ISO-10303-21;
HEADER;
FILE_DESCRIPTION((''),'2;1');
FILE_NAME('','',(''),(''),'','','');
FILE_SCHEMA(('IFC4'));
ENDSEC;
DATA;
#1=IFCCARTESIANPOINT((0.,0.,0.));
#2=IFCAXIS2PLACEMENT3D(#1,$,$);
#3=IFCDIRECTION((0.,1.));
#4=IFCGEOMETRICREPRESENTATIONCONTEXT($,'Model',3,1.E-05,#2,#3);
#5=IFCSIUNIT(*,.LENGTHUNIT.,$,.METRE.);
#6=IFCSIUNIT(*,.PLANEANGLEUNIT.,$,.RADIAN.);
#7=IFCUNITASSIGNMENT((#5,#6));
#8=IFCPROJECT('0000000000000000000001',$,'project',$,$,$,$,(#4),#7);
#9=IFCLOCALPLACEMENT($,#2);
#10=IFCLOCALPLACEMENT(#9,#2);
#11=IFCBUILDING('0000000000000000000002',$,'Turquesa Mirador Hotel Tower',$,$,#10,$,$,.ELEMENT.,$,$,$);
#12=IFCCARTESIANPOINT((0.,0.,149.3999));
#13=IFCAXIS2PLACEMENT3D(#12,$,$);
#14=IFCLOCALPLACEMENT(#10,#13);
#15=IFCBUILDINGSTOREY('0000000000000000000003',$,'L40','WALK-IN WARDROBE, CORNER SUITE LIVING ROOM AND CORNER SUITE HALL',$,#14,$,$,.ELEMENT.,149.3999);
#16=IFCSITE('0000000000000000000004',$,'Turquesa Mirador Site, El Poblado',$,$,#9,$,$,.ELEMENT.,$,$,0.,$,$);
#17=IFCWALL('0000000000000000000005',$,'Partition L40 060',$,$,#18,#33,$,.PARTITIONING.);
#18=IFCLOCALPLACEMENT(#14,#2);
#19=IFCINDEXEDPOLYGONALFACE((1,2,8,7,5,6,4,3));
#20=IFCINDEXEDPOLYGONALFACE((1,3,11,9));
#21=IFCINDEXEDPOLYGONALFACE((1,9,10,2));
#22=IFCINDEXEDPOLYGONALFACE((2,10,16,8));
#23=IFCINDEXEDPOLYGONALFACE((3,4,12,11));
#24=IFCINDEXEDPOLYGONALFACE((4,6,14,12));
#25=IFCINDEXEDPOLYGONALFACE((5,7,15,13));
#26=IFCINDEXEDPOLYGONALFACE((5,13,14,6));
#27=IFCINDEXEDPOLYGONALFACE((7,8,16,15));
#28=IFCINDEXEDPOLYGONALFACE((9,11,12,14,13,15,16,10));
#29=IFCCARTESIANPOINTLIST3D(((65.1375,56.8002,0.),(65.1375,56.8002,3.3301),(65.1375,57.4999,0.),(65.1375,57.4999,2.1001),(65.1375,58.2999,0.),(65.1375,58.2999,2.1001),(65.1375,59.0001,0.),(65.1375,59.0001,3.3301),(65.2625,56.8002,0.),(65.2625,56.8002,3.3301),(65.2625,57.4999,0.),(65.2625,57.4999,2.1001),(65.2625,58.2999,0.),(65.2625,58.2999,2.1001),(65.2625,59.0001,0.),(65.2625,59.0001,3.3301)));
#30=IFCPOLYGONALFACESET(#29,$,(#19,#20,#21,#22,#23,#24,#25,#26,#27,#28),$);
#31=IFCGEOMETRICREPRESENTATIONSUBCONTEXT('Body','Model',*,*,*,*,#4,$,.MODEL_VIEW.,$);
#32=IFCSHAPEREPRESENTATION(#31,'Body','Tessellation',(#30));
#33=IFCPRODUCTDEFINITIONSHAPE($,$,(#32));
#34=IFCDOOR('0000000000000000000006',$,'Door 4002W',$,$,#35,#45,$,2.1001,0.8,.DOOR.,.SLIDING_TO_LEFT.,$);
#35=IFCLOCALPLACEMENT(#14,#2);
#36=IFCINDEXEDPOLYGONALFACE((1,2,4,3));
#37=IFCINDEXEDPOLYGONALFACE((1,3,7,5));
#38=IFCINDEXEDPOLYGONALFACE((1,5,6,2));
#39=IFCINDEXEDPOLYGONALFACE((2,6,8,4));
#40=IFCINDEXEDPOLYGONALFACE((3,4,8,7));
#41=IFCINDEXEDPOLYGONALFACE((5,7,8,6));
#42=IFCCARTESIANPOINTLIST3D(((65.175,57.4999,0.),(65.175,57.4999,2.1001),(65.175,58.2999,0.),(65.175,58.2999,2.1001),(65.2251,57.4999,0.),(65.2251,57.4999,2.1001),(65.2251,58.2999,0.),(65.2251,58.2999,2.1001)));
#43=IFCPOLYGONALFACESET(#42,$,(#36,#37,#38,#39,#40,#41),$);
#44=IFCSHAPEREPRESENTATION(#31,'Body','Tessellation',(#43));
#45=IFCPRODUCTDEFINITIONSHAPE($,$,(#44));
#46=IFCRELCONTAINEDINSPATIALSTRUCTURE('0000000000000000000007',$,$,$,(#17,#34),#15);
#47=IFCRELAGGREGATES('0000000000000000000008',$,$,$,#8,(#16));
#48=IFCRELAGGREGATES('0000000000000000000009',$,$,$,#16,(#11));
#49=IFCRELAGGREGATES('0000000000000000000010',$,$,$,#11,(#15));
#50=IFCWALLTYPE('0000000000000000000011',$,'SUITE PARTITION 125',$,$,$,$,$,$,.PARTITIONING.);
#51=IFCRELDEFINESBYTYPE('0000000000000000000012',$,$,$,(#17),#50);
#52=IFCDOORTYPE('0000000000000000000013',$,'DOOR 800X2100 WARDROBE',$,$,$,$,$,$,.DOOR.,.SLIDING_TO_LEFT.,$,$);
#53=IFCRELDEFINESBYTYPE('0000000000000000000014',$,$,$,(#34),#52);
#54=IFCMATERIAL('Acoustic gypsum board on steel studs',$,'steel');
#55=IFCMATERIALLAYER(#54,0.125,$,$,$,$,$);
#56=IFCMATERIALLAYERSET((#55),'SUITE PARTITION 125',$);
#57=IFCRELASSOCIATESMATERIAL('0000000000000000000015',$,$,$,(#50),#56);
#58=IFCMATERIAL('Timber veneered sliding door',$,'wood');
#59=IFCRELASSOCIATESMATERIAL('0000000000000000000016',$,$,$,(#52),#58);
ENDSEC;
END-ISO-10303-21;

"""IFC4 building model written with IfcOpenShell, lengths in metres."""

from ifc_helpers import new_model, si_unit, direction, frame, frame_2d, origin, place, context, subcontext, project, spatial, rectangle, extrude, material, layer, layer_set, type_object, element, fill, save


model = new_model("IFC4")

# Units and contexts
model_context = context("Model", 3, precision=1e-05, world=origin(), true_north=direction((0.0, 1.0)))
body_context = subcontext(model_context, "Body", "Model", "MODEL_VIEW")
ifc_project = project(units=[si_unit("LENGTHUNIT", "METRE"), si_unit("PLANEANGLEUNIT", "RADIAN")], contexts=[model_context])

# Site, building, storey
site_placement = place(None, origin())
site = spatial("IfcSite", under=ifc_project, at=site_placement, Name="Turquesa Mirador Site, El Poblado", CompositionType="ELEMENT", RefElevation=0.0)
building_placement = place(site_placement, origin())
building = spatial("IfcBuilding", under=site, at=building_placement, Name="Turquesa Mirador Hotel Tower", CompositionType="ELEMENT")
storey_placement = place(building_placement, frame((0.0, 0.0, 149.3999)))
storey = spatial("IfcBuildingStorey", under=building, at=storey_placement, Name="L40", Description="WALK-IN WARDROBE, CORNER SUITE LIVING ROOM AND CORNER SUITE HALL", CompositionType="ELEMENT", Elevation=149.3999)

# Shared definitions
ifc_material_1 = material(Name="Acoustic gypsum board on steel studs", Category="steel")
ifc_layer_1 = layer(ifc_material_1, 0.125)
ifc_layer_set_1 = layer_set([ifc_layer_1], Name="SUITE PARTITION 125")
wall_type_1 = type_object("IfcWallType", Name="SUITE PARTITION 125", PredefinedType="PARTITIONING", material=ifc_layer_set_1)

# Wall, opening, door
wall_1_placement = place(storey_placement, frame((65.2, 56.8, 0.0), z_axis=(0.0, 0.0, 1.0), x_axis=(0.0, 1.0, 0.0)))
wall_1 = element("IfcWall", 1, at=wall_1_placement, inside=storey, type_object=wall_type_1, Name="Partition L40 060", PredefinedType="PARTITIONING", context=body_context, shape_type="SweptSolid", body=[
    extrude(rectangle(XDim=2.2, YDim=0.125, at=frame_2d((1.1001, 0.0))), origin(), (0.0, 0.0, 1.0), 3.3301),
])
opening_1_placement = place(wall_1_placement, frame((0.7, 0.0, 0.0)))
opening_1 = element("IfcOpeningElement", 2, at=opening_1_placement, cuts=wall_1, PredefinedType="OPENING", context=body_context, shape_type="SweptSolid", body=[
    extrude(rectangle(XDim=0.8, YDim=2.1001, at=frame_2d((0.3999, 1.05))), frame((0.0, 0.0725, 0.0), z_axis=(0.0, -1.0, 0.0), x_axis=(1.0, 0.0, 0.0)), (0.0, 0.0, 1.0), 0.145),
])
ifc_material_2 = material(Name="Timber veneered sliding door", Category="wood")
door_type_1 = type_object("IfcDoorType", Name="DOOR 800X2100 WARDROBE", OperationType="SLIDING_TO_LEFT", PredefinedType="DOOR", material=ifc_material_2)
door_1_placement = place(opening_1_placement, origin())
door_1 = element("IfcDoor", 3, at=door_1_placement, inside=storey, type_object=door_type_1, Name="Door 4002W", OperationType="SLIDING_TO_LEFT", OverallHeight=2.1001, OverallWidth=0.8, PredefinedType="DOOR", context=body_context, shape_type="SweptSolid", body=[
    extrude(rectangle(XDim=0.8, YDim=2.1001, at=frame_2d((0.3999, 1.05))), frame((0.0, 0.0249, 0.0), z_axis=(0.0, -1.0, 0.0), x_axis=(1.0, 0.0, 0.0)), (0.0, 0.0, 1.0), 0.05),
])
fill(opening_1, door_1)

save(model, "model.ifc")
